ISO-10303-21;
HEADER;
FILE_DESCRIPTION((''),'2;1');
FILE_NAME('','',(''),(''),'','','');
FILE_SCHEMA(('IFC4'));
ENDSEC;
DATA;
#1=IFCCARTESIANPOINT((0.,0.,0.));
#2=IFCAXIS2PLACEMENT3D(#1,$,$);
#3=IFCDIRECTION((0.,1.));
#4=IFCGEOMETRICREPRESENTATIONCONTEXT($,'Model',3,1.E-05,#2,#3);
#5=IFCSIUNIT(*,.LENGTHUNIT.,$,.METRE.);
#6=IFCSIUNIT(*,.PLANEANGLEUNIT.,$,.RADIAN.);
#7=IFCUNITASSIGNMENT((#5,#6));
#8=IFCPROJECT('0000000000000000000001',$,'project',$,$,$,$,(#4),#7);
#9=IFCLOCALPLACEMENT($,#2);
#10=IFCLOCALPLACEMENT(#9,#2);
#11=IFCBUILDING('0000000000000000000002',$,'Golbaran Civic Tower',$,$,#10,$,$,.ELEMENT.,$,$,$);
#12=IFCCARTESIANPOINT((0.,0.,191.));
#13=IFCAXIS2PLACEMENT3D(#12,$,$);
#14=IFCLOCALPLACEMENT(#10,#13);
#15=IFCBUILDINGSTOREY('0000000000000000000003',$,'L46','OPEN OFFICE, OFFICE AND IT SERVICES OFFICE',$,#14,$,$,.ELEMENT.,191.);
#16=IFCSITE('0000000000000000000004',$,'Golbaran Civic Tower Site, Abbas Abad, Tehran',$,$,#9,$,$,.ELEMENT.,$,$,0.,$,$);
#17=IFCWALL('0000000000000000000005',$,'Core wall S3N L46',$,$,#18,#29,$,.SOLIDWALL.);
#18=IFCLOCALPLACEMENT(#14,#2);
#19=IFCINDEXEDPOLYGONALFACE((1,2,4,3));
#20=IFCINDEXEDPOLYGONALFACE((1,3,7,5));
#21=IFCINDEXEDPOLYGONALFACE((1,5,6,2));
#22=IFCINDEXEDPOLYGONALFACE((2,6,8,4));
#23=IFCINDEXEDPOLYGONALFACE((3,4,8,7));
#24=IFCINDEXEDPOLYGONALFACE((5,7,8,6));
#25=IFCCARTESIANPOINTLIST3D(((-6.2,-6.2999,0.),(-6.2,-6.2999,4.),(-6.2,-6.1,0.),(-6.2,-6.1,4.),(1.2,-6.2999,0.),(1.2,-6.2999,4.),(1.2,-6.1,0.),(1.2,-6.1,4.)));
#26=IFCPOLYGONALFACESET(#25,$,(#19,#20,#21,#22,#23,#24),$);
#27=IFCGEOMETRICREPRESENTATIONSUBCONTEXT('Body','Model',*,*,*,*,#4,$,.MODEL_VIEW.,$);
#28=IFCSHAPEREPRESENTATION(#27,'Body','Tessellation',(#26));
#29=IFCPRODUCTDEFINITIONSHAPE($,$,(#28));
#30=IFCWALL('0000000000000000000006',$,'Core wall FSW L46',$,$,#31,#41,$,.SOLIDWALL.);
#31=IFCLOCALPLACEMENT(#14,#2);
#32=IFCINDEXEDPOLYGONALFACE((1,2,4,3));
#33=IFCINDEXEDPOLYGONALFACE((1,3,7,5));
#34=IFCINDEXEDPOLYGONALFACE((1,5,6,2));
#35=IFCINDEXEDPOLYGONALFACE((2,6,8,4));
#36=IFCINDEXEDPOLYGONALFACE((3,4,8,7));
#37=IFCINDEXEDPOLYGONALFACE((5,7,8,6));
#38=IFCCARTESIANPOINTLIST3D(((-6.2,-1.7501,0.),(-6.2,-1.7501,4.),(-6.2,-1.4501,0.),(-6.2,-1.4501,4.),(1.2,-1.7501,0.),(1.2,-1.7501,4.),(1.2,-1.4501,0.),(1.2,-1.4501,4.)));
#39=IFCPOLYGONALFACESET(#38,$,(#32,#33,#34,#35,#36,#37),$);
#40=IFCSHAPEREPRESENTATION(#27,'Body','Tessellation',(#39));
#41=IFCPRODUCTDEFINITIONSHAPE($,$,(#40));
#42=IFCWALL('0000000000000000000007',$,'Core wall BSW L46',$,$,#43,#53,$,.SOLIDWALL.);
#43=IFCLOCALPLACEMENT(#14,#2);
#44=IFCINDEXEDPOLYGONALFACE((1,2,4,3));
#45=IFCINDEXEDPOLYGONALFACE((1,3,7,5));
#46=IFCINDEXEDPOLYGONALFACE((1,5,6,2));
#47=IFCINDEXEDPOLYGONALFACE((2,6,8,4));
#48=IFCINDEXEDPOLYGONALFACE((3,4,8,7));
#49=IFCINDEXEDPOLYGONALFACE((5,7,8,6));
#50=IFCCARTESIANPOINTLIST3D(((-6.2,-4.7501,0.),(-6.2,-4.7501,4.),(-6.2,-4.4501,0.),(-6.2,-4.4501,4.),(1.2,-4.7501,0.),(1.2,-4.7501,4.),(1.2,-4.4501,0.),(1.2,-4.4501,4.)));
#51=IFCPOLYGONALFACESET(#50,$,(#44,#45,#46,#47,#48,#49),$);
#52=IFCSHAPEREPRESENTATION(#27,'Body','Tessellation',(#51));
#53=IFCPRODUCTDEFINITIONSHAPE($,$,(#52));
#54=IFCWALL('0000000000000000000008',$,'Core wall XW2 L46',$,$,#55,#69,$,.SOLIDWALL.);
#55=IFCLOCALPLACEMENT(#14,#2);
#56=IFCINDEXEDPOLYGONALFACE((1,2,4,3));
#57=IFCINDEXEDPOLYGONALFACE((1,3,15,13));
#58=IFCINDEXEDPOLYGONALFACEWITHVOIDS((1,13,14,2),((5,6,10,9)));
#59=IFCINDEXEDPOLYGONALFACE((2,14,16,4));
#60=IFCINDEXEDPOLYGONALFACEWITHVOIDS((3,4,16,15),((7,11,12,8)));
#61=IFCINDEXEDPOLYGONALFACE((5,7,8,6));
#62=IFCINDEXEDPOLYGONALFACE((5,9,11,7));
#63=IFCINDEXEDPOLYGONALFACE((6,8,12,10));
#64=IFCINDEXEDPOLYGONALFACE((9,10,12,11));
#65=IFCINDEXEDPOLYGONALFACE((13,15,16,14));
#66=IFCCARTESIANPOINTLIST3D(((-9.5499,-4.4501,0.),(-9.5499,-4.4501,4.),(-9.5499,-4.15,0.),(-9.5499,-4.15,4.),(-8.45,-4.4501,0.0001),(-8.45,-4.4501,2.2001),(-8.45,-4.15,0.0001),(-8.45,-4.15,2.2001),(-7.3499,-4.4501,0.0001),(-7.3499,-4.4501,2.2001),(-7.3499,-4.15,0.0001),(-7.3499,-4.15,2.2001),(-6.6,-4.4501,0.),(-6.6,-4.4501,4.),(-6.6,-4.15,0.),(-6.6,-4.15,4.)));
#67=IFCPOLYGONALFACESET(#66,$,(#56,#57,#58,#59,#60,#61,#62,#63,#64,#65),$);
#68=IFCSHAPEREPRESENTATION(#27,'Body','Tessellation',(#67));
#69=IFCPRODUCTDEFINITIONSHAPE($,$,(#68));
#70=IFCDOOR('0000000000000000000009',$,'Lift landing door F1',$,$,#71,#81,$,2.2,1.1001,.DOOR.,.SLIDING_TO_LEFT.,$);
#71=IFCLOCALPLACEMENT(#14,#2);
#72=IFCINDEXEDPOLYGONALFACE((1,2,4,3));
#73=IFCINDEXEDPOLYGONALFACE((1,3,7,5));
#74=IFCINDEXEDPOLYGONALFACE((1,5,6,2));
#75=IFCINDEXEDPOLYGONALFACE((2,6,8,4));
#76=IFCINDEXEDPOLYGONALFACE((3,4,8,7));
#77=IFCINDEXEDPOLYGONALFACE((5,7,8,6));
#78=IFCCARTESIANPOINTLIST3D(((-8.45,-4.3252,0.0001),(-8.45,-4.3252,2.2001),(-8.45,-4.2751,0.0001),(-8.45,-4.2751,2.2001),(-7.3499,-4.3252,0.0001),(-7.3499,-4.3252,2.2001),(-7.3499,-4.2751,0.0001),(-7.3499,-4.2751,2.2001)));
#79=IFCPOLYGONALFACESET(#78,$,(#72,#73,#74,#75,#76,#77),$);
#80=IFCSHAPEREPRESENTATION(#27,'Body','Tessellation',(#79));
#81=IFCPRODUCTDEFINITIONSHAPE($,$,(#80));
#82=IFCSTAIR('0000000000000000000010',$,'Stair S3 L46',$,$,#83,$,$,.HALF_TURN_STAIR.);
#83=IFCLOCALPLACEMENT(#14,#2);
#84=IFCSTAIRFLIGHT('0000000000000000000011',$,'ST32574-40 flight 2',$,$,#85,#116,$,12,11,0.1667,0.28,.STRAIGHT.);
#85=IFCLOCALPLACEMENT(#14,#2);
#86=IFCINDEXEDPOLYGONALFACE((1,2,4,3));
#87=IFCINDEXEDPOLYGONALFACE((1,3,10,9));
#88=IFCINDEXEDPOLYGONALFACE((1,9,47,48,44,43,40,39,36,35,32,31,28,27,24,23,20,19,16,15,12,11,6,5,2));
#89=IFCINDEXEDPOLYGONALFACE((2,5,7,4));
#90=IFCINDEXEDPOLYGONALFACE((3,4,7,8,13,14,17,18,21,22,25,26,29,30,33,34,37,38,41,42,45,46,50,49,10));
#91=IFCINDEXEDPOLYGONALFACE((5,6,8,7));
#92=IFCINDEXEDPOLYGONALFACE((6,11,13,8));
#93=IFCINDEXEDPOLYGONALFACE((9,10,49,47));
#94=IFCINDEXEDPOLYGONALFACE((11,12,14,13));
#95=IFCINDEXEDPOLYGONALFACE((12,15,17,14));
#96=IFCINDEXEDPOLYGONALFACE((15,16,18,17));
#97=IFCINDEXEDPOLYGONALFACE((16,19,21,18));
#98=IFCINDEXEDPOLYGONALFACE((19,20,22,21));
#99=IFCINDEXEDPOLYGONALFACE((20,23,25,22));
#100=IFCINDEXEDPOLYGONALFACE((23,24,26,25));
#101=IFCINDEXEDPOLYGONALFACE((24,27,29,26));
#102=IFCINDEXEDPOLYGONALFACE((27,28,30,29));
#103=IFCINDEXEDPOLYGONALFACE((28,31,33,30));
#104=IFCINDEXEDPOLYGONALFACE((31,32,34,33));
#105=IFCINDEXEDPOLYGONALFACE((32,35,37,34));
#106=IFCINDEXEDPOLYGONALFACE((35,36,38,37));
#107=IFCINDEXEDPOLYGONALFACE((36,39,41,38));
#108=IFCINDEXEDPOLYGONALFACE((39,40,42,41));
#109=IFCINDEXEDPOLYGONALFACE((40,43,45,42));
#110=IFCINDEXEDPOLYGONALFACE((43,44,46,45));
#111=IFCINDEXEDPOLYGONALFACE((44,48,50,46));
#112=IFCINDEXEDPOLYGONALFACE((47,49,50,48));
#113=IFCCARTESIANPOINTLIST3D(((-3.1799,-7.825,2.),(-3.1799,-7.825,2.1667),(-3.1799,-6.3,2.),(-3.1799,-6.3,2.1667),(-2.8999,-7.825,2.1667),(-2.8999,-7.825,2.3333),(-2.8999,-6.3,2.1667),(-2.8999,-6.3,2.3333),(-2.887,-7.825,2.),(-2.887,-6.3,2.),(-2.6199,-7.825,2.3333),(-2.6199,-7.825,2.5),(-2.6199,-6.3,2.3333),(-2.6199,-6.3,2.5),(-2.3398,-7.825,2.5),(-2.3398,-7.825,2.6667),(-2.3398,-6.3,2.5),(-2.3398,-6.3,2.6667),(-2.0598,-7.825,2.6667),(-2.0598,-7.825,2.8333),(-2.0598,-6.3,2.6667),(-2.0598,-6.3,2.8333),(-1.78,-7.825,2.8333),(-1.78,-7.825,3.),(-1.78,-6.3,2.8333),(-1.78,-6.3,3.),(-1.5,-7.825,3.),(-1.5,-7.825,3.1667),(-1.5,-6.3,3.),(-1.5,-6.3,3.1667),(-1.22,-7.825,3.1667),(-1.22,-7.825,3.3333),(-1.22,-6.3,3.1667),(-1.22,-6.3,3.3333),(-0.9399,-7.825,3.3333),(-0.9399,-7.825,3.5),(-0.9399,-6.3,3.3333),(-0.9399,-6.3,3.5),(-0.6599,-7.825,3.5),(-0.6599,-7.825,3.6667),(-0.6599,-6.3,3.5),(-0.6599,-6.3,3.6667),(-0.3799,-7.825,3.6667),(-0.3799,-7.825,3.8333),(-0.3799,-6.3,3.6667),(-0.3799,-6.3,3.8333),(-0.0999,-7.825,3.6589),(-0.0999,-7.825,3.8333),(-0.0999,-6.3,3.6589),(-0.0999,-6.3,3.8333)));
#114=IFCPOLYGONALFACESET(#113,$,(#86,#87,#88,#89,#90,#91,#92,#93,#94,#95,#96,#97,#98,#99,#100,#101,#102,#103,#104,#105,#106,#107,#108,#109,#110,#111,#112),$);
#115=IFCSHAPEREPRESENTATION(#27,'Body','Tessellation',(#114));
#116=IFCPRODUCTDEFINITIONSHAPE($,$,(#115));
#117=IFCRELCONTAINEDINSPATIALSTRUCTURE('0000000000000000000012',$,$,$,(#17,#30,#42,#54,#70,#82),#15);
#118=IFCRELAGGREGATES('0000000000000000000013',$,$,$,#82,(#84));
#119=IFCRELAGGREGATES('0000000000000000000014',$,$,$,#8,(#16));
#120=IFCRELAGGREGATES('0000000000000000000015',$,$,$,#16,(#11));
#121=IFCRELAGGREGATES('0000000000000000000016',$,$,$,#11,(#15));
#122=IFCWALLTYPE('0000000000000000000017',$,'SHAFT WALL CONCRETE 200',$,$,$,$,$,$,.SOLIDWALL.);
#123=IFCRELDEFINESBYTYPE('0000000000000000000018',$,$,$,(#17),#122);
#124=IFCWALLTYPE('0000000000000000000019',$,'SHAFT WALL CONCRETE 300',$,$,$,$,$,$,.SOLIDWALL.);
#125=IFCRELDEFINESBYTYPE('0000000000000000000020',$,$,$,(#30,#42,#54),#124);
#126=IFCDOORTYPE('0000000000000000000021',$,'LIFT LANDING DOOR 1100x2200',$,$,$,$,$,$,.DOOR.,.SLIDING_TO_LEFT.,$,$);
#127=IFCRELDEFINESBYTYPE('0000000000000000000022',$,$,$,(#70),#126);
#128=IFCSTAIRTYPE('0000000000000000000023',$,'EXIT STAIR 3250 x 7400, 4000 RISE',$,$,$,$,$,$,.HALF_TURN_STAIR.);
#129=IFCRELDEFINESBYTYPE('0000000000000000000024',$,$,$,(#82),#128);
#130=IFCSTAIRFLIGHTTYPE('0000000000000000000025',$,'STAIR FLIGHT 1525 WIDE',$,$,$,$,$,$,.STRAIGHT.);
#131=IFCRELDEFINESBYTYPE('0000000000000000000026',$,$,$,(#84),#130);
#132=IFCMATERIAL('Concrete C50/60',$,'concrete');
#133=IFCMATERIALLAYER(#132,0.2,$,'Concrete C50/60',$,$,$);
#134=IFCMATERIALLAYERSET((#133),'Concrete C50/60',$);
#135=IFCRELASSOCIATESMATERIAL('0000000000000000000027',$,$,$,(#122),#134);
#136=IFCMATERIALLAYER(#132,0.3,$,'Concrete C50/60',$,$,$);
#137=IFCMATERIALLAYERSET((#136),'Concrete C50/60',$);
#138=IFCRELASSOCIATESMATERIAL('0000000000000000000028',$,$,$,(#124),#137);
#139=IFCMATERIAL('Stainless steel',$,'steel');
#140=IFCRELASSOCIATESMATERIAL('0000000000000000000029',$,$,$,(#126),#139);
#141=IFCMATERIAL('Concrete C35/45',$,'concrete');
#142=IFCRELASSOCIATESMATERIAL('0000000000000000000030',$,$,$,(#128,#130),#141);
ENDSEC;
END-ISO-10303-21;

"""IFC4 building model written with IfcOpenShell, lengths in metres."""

from ifc_helpers import new_model, si_unit, direction, frame, frame_2d, origin, place, context, subcontext, project, spatial, polyline, rectangle, outline, extrude, material, layer, layer_set, type_object, element, fill, aggregate, save


model = new_model("IFC4")

# Units and contexts
model_context = context("Model", 3, precision=1e-05, world=origin(), true_north=direction((0.0, 1.0)))
body_context = subcontext(model_context, "Body", "Model", "MODEL_VIEW")
ifc_project = project(units=[si_unit("LENGTHUNIT", "METRE"), si_unit("PLANEANGLEUNIT", "RADIAN")], contexts=[model_context])

# Site, building, storey
site_placement = place(None, origin())
site = spatial("IfcSite", under=ifc_project, at=site_placement, Name="Golbaran Civic Tower Site, Abbas Abad, Tehran", CompositionType="ELEMENT", RefElevation=0.0)
building_placement = place(site_placement, origin())
building = spatial("IfcBuilding", under=site, at=building_placement, Name="Golbaran Civic Tower", CompositionType="ELEMENT")
storey_placement = place(building_placement, frame((0.0, 0.0, 191.0)))
storey = spatial("IfcBuildingStorey", under=building, at=storey_placement, Name="L46", Description="OPEN OFFICE, OFFICE AND IT SERVICES OFFICE", CompositionType="ELEMENT", Elevation=191.0)

# Shared definitions
ifc_material_1 = material(Name="Concrete C35/45", Category="concrete")

# Walls
ifc_material_2 = material(Name="Concrete C50/60", Category="concrete")
ifc_layer_1 = layer(ifc_material_2, 0.2, Name="Concrete C50/60")
ifc_layer_set_1 = layer_set([ifc_layer_1], Name="Concrete C50/60")
wall_type_1 = type_object("IfcWallType", Name="SHAFT WALL CONCRETE 200", PredefinedType="SOLIDWALL", material=ifc_layer_set_1)
wall_1_placement = place(storey_placement, frame((-6.2, -6.2, 0.0), z_axis=(0.0, 0.0, 1.0), x_axis=(1.0, 0.0, 0.0)))
element("IfcWall", 1, at=wall_1_placement, inside=storey, type_object=wall_type_1, Name="Core wall S3N L46", PredefinedType="SOLIDWALL", context=body_context, shape_type="SweptSolid", body=[
    extrude(rectangle(XDim=7.3999, YDim=0.2, at=frame_2d((3.7, 0.0))), origin(), (0.0, 0.0, 1.0), 4.0),
])
ifc_layer_2 = layer(ifc_material_2, 0.3, Name="Concrete C50/60")
ifc_layer_set_2 = layer_set([ifc_layer_2], Name="Concrete C50/60")
wall_type_2 = type_object("IfcWallType", Name="SHAFT WALL CONCRETE 300", PredefinedType="SOLIDWALL", material=ifc_layer_set_2)
for number, where, z_axis, x_axis, name in (
    (2, (-6.2, -1.6001, 0.0), (0.0, 0.0, 1.0), (1.0, 0.0, 0.0), "Core wall FSW L46"),
    (3, (-6.2, -4.6001, 0.0), (0.0, 0.0, 1.0), (1.0, 0.0, 0.0), "Core wall BSW L46"),
):
    element("IfcWall", number, at=place(storey_placement, frame(where, z_axis=z_axis, x_axis=x_axis)), inside=storey, type_object=wall_type_2, Name=name, PredefinedType="SOLIDWALL", context=body_context, shape_type="SweptSolid", body=[
        extrude(rectangle(XDim=7.3999, YDim=0.3, at=frame_2d((3.7, 0.0))), origin(), (0.0, 0.0, 1.0), 4.0),
    ])

# Wall, opening, door
wall_2_placement = place(storey_placement, frame((-9.55, -4.3, 0.0), z_axis=(0.0, 0.0, 1.0), x_axis=(1.0, 0.0, 0.0)))
wall_2 = element("IfcWall", 4, at=wall_2_placement, inside=storey, type_object=wall_type_2, Name="Core wall XW2 L46", PredefinedType="SOLIDWALL", context=body_context, shape_type="SweptSolid", body=[
    extrude(rectangle(XDim=2.95, YDim=0.3, at=frame_2d((1.4751, 0.0))), origin(), (0.0, 0.0, 1.0), 4.0),
])
opening_1_placement = place(wall_2_placement, frame((1.1001, 0.0, 0.0)))
opening_1 = element("IfcOpeningElement", 5, at=opening_1_placement, cuts=wall_2, PredefinedType="OPENING", context=body_context, shape_type="SweptSolid", body=[
    extrude(rectangle(XDim=1.1001, YDim=2.2, at=frame_2d((0.55, 1.1001))), frame((0.0, 0.1599, 0.0), z_axis=(0.0, -1.0, 0.0), x_axis=(1.0, 0.0, 0.0)), (0.0, 0.0, 1.0), 0.3201),
])
ifc_material_3 = material(Name="Stainless steel", Category="steel")
door_type_1 = type_object("IfcDoorType", Name="LIFT LANDING DOOR 1100x2200", OperationType="SLIDING_TO_LEFT", PredefinedType="DOOR", material=ifc_material_3)
door_1_placement = place(opening_1_placement, origin())
door_1 = element("IfcDoor", 6, at=door_1_placement, inside=storey, type_object=door_type_1, Name="Lift landing door F1", OperationType="SLIDING_TO_LEFT", OverallHeight=2.2, OverallWidth=1.1001, PredefinedType="DOOR", context=body_context, shape_type="SweptSolid", body=[
    extrude(rectangle(XDim=1.1001, YDim=2.2, at=frame_2d((0.55, 1.1001))), frame((0.0, 0.0249, 0.0), z_axis=(0.0, -1.0, 0.0), x_axis=(1.0, 0.0, 0.0)), (0.0, 0.0, 1.0), 0.05),
])
fill(opening_1, door_1)

# Stair, stair flight
stair_type = type_object("IfcStairType", Name="EXIT STAIR 3250 x 7400, 4000 RISE", PredefinedType="HALF_TURN_STAIR", material=ifc_material_1)
stair_placement = place(storey_placement, origin())
stair = element("IfcStair", 7, at=stair_placement, inside=storey, type_object=stair_type, Name="Stair S3 L46", PredefinedType="HALF_TURN_STAIR")
stair_flight_type = type_object("IfcStairFlightType", Name="STAIR FLIGHT 1525 WIDE", PredefinedType="STRAIGHT", material=ifc_material_1)
stair_flight_placement = place(storey_placement, frame((-3.1799, -7.0625, 2.0), z_axis=(0.0, 0.0, 1.0), x_axis=(1.0, 0.0, 0.0)))
stair_flight = element("IfcStairFlight", 8, at=stair_flight_placement, type_object=stair_flight_type, Name="ST32574-40 flight 2", NumberOfRisers=12, NumberOfTreads=11, PredefinedType="STRAIGHT", RiserHeight=0.1667, TreadLength=0.28, context=body_context, shape_type="SweptSolid", body=[
    extrude(outline(polyline([(0.0, 0.0), (0.0, 0.1667), (0.28, 0.1667), (0.28, 0.3333), (0.5601, 0.3333), (0.5601, 0.5), (0.8401, 0.5), (0.8401, 0.6667), (1.1201, 0.6667), (1.1201, 0.8333), (1.3999, 0.8333), (1.3999, 1.0), (1.6799, 1.0), (1.6799, 1.1667), (1.96, 1.1667), (1.96, 1.3333), (2.24, 1.3333), (2.24, 1.5), (2.52, 1.5), (2.52, 1.6667), (2.8, 1.6667), (2.8, 1.8333), (3.0801, 1.8333), (3.0801, 2.0), (3.0801, 1.6589), (0.293, 0.0), (0.0, 0.0)])), frame((0.0, 0.7625, 0.0), z_axis=(0.0, -1.0, 0.0), x_axis=(1.0, 0.0, 0.0)), (0.0, 0.0, 1.0), 1.5249),
])
aggregate(stair, [stair_flight])

save(model, "model.ifc")
